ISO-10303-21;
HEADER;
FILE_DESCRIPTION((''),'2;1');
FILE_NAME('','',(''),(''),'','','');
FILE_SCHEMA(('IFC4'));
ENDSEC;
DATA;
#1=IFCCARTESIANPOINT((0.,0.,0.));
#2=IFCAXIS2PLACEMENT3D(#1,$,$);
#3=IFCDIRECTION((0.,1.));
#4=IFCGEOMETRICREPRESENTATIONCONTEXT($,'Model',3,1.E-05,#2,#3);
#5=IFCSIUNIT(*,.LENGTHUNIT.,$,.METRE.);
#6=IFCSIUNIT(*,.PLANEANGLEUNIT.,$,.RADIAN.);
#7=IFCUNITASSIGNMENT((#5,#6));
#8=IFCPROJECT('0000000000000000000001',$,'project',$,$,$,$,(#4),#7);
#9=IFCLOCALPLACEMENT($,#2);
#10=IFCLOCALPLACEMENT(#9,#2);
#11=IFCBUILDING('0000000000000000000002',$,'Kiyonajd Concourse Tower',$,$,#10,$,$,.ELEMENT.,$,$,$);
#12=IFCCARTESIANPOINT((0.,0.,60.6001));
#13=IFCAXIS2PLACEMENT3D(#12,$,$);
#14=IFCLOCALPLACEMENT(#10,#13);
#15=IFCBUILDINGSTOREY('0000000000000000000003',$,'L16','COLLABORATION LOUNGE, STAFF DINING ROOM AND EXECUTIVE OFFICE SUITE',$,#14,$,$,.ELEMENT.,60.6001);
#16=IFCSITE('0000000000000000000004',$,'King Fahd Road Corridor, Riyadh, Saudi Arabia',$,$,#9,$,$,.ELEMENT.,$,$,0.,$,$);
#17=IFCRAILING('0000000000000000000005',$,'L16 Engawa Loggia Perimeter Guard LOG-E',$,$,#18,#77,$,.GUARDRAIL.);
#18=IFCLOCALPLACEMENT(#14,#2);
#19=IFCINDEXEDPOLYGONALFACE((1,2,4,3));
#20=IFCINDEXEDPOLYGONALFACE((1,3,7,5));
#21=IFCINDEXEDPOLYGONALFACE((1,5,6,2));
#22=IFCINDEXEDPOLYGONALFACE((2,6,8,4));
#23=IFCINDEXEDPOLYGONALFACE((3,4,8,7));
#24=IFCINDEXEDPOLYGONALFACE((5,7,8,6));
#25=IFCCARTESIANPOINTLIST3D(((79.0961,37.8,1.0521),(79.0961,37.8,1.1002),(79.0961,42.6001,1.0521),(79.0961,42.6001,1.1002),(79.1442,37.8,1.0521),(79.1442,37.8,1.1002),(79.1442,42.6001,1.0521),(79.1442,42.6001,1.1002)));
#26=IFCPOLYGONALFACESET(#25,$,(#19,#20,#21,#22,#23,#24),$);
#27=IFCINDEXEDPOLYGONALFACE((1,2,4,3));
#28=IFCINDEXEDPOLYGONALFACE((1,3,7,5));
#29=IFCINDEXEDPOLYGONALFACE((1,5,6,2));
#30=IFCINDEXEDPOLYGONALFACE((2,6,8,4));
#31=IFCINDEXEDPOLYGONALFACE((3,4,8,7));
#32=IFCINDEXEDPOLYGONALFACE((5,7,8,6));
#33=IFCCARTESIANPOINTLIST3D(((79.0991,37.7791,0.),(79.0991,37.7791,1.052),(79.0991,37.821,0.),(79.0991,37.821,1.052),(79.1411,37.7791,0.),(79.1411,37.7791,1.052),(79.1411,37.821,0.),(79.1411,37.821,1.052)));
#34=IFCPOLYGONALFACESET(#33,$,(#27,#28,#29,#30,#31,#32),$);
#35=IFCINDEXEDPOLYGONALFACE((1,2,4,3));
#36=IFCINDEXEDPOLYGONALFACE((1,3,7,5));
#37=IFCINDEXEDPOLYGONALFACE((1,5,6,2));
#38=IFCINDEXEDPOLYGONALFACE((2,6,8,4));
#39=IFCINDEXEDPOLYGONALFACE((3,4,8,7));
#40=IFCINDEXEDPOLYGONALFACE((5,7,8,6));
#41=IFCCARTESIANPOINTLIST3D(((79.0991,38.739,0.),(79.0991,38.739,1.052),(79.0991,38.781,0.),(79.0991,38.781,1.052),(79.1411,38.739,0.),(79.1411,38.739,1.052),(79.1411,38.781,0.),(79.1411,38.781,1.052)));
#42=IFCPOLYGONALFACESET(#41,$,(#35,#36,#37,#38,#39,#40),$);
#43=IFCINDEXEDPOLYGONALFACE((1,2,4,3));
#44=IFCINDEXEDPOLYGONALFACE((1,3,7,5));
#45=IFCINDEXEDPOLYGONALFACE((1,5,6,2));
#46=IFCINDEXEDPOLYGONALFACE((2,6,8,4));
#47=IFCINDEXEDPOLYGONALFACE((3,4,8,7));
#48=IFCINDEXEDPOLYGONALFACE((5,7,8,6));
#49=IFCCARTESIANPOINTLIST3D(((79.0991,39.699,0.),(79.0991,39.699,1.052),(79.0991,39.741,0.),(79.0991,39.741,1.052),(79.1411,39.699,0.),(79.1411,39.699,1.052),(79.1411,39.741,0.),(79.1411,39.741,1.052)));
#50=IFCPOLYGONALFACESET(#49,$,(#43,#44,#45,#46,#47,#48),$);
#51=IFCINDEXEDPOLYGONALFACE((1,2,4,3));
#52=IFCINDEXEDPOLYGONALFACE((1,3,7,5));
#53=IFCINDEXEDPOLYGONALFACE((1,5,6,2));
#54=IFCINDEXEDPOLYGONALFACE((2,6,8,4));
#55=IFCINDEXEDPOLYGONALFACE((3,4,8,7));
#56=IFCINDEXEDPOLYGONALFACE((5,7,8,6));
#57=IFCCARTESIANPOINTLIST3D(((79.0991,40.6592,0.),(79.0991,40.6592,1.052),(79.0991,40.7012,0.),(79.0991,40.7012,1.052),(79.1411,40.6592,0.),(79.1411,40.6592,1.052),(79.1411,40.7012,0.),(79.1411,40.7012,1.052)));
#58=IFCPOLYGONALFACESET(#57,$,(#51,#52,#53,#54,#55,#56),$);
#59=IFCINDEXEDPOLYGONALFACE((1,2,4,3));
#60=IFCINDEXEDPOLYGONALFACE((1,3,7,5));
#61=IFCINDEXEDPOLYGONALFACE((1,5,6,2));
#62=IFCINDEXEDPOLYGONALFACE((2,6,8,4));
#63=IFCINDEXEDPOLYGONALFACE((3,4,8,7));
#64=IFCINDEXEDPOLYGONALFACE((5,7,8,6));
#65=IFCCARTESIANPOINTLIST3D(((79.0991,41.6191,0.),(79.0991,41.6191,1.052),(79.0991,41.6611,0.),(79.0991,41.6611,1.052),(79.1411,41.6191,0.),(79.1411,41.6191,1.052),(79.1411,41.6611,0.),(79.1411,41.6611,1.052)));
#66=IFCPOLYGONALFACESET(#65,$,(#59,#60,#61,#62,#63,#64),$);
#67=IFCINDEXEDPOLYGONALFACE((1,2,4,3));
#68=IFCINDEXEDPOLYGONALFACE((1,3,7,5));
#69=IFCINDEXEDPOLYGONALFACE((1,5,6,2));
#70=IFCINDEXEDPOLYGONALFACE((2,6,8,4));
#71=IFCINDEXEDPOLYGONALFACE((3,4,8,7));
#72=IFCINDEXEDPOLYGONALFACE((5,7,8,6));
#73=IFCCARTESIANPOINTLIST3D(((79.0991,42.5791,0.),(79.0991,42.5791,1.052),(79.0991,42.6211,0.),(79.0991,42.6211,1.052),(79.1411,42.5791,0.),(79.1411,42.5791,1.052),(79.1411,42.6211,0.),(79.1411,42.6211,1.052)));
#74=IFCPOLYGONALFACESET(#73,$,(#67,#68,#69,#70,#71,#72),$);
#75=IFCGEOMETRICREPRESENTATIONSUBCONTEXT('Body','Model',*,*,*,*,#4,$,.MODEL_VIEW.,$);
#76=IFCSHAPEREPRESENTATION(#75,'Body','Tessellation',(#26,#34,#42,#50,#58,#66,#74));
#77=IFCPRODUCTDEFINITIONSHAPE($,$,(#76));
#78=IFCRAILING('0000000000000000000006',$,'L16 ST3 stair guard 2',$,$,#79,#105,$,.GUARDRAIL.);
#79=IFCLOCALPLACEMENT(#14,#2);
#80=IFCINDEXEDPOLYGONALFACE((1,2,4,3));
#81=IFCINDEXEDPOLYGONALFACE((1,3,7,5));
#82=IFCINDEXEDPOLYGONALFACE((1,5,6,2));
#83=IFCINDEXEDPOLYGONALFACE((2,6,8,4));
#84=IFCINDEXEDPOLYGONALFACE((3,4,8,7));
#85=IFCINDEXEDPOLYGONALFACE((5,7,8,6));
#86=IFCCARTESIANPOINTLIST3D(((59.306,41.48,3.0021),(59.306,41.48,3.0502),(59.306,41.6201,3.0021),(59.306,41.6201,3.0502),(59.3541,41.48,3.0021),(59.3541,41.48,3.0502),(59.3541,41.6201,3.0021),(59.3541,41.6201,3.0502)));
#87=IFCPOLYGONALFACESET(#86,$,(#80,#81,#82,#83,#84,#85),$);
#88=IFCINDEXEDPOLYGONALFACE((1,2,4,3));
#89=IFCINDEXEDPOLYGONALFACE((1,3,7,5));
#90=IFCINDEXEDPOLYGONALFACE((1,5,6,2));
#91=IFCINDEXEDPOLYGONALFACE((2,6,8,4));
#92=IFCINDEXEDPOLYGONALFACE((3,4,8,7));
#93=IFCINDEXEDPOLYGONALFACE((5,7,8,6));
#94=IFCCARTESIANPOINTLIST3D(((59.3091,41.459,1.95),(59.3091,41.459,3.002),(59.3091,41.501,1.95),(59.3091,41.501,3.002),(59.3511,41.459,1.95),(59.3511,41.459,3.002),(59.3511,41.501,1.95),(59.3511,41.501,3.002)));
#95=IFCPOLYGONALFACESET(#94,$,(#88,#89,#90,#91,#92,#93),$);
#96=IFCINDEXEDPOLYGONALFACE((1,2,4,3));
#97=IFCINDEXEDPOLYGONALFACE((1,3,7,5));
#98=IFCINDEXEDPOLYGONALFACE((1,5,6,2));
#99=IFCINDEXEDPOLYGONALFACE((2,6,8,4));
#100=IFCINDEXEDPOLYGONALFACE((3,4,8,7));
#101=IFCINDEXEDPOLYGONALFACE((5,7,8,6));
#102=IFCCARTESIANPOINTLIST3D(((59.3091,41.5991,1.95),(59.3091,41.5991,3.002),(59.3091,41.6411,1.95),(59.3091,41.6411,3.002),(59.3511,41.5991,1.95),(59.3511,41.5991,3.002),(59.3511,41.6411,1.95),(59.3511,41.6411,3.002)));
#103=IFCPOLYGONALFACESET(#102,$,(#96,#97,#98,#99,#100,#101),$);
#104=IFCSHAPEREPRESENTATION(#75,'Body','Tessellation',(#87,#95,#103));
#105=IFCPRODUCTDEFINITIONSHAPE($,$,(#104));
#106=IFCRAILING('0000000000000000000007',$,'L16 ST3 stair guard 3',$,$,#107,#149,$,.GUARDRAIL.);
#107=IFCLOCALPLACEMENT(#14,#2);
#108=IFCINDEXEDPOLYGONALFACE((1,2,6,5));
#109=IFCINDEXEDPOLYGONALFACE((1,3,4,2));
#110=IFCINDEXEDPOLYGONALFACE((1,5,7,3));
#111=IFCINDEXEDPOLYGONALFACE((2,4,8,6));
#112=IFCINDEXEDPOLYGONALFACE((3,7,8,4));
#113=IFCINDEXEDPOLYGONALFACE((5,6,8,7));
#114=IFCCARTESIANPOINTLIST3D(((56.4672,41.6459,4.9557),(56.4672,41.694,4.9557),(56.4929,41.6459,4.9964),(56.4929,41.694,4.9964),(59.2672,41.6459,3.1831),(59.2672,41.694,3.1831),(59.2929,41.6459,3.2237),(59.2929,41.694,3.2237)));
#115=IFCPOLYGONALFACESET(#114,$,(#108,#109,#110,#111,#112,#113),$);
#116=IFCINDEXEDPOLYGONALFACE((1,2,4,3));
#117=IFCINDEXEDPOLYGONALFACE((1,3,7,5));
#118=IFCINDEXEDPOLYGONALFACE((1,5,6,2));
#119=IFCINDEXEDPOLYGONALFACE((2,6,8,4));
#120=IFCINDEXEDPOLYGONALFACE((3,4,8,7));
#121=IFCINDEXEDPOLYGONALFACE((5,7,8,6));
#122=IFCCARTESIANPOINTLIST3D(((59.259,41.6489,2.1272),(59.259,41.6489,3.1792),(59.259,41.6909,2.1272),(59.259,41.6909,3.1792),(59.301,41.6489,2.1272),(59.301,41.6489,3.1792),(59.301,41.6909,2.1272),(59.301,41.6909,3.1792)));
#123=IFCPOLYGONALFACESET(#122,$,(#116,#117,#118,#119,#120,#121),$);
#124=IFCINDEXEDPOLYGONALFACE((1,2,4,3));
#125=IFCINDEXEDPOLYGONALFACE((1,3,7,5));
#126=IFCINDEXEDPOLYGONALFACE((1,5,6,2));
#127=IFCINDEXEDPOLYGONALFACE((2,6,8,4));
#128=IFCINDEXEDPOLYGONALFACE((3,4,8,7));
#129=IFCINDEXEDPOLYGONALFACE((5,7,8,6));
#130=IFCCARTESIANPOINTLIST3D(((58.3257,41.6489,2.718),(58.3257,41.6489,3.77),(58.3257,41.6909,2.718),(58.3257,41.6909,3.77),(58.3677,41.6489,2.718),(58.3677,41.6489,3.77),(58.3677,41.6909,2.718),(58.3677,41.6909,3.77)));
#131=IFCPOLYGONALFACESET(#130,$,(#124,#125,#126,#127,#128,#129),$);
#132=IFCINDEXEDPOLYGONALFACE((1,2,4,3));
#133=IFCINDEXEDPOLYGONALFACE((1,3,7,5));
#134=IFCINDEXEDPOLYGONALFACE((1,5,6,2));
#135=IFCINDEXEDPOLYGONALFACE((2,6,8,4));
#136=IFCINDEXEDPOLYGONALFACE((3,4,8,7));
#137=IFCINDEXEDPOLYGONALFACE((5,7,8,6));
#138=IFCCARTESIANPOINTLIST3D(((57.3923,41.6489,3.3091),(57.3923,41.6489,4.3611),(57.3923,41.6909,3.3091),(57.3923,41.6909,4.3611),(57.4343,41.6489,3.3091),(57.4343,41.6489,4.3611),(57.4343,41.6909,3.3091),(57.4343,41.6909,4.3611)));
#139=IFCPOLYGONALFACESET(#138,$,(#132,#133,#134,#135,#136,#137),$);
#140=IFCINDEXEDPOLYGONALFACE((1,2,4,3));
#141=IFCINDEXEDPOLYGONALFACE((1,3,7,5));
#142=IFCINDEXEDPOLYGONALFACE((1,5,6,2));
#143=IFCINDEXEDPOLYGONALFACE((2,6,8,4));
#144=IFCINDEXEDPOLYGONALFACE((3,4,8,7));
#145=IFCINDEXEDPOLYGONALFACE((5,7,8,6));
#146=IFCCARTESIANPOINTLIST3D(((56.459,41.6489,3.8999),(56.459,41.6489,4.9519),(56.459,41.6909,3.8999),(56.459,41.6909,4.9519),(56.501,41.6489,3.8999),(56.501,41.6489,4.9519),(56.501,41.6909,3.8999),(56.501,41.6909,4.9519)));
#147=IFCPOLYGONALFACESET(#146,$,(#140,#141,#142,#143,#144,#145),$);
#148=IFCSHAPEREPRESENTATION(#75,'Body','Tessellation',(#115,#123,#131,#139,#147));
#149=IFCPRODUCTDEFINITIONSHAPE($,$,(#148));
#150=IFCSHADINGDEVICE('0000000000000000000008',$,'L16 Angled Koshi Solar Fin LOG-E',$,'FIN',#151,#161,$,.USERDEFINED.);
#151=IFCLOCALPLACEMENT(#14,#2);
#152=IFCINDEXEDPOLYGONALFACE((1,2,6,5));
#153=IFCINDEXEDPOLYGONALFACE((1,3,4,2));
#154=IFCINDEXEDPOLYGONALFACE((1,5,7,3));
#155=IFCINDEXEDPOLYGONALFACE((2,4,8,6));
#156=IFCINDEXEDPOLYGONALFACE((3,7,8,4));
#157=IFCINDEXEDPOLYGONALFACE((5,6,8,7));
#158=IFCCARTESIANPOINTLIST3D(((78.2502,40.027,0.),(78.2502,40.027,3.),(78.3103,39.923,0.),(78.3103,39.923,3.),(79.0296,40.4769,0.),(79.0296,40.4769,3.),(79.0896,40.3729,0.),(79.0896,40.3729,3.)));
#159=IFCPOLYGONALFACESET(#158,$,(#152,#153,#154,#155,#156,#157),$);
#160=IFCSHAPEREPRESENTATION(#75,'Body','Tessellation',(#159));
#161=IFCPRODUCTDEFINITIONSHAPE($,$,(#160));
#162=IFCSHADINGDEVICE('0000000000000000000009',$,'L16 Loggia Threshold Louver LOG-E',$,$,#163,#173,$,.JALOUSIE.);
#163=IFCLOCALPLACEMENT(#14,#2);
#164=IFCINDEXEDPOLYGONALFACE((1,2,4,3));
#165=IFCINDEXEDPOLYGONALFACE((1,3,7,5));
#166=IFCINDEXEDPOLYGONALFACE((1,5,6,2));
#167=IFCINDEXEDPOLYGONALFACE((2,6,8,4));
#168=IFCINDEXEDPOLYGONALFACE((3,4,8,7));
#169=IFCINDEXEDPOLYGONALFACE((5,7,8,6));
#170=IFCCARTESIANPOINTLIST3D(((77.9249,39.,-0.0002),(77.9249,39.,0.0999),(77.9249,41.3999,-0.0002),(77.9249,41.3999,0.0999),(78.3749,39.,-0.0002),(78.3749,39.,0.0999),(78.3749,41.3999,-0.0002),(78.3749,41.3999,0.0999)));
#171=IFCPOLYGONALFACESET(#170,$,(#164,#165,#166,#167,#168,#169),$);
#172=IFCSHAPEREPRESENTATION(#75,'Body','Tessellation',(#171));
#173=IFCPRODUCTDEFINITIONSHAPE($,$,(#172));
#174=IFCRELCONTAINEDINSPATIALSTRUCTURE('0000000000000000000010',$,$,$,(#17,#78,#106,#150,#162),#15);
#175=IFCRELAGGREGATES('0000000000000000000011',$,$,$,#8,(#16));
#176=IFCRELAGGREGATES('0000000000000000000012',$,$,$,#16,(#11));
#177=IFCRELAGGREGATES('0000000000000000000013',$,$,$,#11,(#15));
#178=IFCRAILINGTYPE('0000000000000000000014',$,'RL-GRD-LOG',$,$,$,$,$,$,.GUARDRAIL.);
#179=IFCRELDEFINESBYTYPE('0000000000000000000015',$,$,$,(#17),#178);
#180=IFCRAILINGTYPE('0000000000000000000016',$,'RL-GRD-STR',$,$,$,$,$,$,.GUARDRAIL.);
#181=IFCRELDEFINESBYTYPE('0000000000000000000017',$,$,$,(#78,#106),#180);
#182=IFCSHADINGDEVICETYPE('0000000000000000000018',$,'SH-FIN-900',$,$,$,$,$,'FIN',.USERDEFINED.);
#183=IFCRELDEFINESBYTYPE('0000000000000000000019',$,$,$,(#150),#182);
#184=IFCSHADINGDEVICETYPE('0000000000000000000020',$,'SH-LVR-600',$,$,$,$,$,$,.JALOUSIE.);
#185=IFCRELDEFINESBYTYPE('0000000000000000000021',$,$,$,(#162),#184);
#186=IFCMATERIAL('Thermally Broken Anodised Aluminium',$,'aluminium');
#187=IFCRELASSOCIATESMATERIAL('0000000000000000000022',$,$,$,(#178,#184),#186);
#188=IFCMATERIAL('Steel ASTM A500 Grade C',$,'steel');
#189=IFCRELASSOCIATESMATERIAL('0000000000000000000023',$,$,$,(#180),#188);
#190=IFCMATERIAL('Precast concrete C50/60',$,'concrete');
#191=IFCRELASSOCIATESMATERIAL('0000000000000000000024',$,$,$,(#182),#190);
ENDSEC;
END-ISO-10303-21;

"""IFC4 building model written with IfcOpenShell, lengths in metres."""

from ifc_helpers import new_model, si_unit, direction, frame, origin, origin_2d, place, context, subcontext, project, spatial, rectangle, extrude, material, type_object, element, save


model = new_model("IFC4")

# Units and contexts
model_context = context("Model", 3, precision=1e-05, world=origin(), true_north=direction((0.0, 1.0)))
body_context = subcontext(model_context, "Body", "Model", "MODEL_VIEW")
ifc_project = project(units=[si_unit("LENGTHUNIT", "METRE"), si_unit("PLANEANGLEUNIT", "RADIAN")], contexts=[model_context])

# Site, building, storey
site_placement = place(None, origin())
site = spatial("IfcSite", under=ifc_project, at=site_placement, Name="King Fahd Road Corridor, Riyadh, Saudi Arabia", CompositionType="ELEMENT", RefElevation=0.0)
building_placement = place(site_placement, origin())
building = spatial("IfcBuilding", under=site, at=building_placement, Name="Kiyonajd Concourse Tower", CompositionType="ELEMENT")
storey_placement = place(building_placement, frame((0.0, 0.0, 60.6001)))
storey = spatial("IfcBuildingStorey", under=building, at=storey_placement, Name="L16", Description="COLLABORATION LOUNGE, STAFF DINING ROOM AND EXECUTIVE OFFICE SUITE", CompositionType="ELEMENT", Elevation=60.6001)

# Shared definitions
ifc_material_1 = material(Name="Precast concrete C50/60", Category="concrete")

# Shared definitions
ifc_material_2 = material(Name="Thermally Broken Anodised Aluminium", Category="aluminium")

# Railings
railing_type_1 = type_object("IfcRailingType", Name="RL-GRD-LOG", PredefinedType="GUARDRAIL", material=ifc_material_2)
railing_1_placement = place(storey_placement, frame((79.1201, 37.8, 0.0)))
element("IfcRailing", 1, at=railing_1_placement, inside=storey, type_object=railing_type_1, Name="L16 Engawa Loggia Perimeter Guard LOG-E", PredefinedType="GUARDRAIL", context=body_context, shape_type="SweptSolid", body=[
    extrude(rectangle(XDim=0.0481, YDim=0.0481, at=origin_2d()), frame((0.0, 0.0, 1.0762), z_axis=(0.0, 1.0, 0.0), x_axis=(-1.0, 0.0, 0.0)), (0.0, 0.0, 1.0), 4.8),
    extrude(rectangle(XDim=0.042, YDim=0.042, at=origin_2d()), origin(), (0.0, 0.0, 1.0), 1.052),
    extrude(rectangle(XDim=0.042, YDim=0.042, at=origin_2d()), frame((0.0, 0.96, 0.0)), (0.0, 0.0, 1.0), 1.052),
    extrude(rectangle(XDim=0.042, YDim=0.042, at=origin_2d()), frame((0.0, 1.9199, 0.0)), (0.0, 0.0, 1.0), 1.052),
    extrude(rectangle(XDim=0.042, YDim=0.042, at=origin_2d()), frame((0.0, 2.8801, 0.0)), (0.0, 0.0, 1.0), 1.052),
    extrude(rectangle(XDim=0.042, YDim=0.042, at=origin_2d()), frame((0.0, 3.8401, 0.0)), (0.0, 0.0, 1.0), 1.052),
    extrude(rectangle(XDim=0.042, YDim=0.042, at=origin_2d()), frame((0.0, 4.8, 0.0)), (0.0, 0.0, 1.0), 1.052),
])
ifc_material_3 = material(Name="Steel ASTM A500 Grade C", Category="steel")
railing_type_2 = type_object("IfcRailingType", Name="RL-GRD-STR", PredefinedType="GUARDRAIL", material=ifc_material_3)
railing_2_placement = place(storey_placement, frame((59.3301, 41.48, 1.95)))
element("IfcRailing", 2, at=railing_2_placement, inside=storey, type_object=railing_type_2, Name="L16 ST3 stair guard 2", PredefinedType="GUARDRAIL", context=body_context, shape_type="SweptSolid", body=[
    extrude(rectangle(XDim=0.0481, YDim=0.0481, at=origin_2d()), frame((0.0, 0.0, 1.0762), z_axis=(0.0, 1.0, 0.0), x_axis=(-1.0, 0.0, 0.0)), (0.0, 0.0, 1.0), 0.1401),
    extrude(rectangle(XDim=0.042, YDim=0.042, at=origin_2d()), origin(), (0.0, 0.0, 1.0), 1.052),
    extrude(rectangle(XDim=0.042, YDim=0.042, at=origin_2d()), frame((0.0, 0.1401, 0.0)), (0.0, 0.0, 1.0), 1.052),
])
railing_3_placement = place(storey_placement, frame((59.28, 41.6699, 2.1272)))
element("IfcRailing", 3, at=railing_3_placement, inside=storey, type_object=railing_type_2, Name="L16 ST3 stair guard 3", PredefinedType="GUARDRAIL", context=body_context, shape_type="SweptSolid", body=[
    extrude(rectangle(XDim=0.0481, YDim=0.0481, at=origin_2d()), frame((0.0, 0.0, 1.0762), z_axis=(-0.844909, 0.0, 0.53491), x_axis=(0.0, -1.0, 0.0)), (0.0, 0.0, 1.0), 3.314),
    extrude(rectangle(XDim=0.042, YDim=0.042, at=origin_2d()), origin(), (0.0, 0.0, 1.0), 1.052),
    extrude(rectangle(XDim=0.042, YDim=0.042, at=origin_2d()), frame((-0.9333, 0.0, 0.5908)), (0.0, 0.0, 1.0), 1.052),
    extrude(rectangle(XDim=0.042, YDim=0.042, at=origin_2d()), frame((-1.8667, 0.0, 1.1819)), (0.0, 0.0, 1.0), 1.052),
    extrude(rectangle(XDim=0.042, YDim=0.042, at=origin_2d()), frame((-2.8, 0.0, 1.7727)), (0.0, 0.0, 1.0), 1.052),
])

# Shading devices
shading_device_type_1 = type_object("IfcShadingDeviceType", Name="SH-FIN-900", ElementType="FIN", PredefinedType="USERDEFINED", material=ifc_material_1)
shading_device_1_placement = place(storey_placement, frame((78.6699, 40.2, 0.0), z_axis=(0.0, 0.0, 1.0), x_axis=(0.866025, 0.5, 0.0)))
element("IfcShadingDevice", 4, at=shading_device_1_placement, inside=storey, type_object=shading_device_type_1, Name="L16 Angled Koshi Solar Fin LOG-E", ObjectType="FIN", PredefinedType="USERDEFINED", context=body_context, shape_type="SweptSolid", body=[
    extrude(rectangle(XDim=0.8999, YDim=0.1201, at=origin_2d()), origin(), (0.0, 0.0, 1.0), 3.0),
])
shading_device_type_2 = type_object("IfcShadingDeviceType", Name="SH-LVR-600", PredefinedType="JALOUSIE", material=ifc_material_2)
shading_device_2_placement = place(storey_placement, frame((78.1499, 40.2, -0.0002), z_axis=(0.0, 0.0, 1.0), x_axis=(0.0, 1.0, 0.0)))
element("IfcShadingDevice", 5, at=shading_device_2_placement, inside=storey, type_object=shading_device_type_2, Name="L16 Loggia Threshold Louver LOG-E", PredefinedType="JALOUSIE", context=body_context, shape_type="SweptSolid", body=[
    extrude(rectangle(XDim=2.3999, YDim=0.45, at=origin_2d()), origin(), (0.0, 0.0, 1.0), 0.1001),
])

save(model, "model.ifc")
